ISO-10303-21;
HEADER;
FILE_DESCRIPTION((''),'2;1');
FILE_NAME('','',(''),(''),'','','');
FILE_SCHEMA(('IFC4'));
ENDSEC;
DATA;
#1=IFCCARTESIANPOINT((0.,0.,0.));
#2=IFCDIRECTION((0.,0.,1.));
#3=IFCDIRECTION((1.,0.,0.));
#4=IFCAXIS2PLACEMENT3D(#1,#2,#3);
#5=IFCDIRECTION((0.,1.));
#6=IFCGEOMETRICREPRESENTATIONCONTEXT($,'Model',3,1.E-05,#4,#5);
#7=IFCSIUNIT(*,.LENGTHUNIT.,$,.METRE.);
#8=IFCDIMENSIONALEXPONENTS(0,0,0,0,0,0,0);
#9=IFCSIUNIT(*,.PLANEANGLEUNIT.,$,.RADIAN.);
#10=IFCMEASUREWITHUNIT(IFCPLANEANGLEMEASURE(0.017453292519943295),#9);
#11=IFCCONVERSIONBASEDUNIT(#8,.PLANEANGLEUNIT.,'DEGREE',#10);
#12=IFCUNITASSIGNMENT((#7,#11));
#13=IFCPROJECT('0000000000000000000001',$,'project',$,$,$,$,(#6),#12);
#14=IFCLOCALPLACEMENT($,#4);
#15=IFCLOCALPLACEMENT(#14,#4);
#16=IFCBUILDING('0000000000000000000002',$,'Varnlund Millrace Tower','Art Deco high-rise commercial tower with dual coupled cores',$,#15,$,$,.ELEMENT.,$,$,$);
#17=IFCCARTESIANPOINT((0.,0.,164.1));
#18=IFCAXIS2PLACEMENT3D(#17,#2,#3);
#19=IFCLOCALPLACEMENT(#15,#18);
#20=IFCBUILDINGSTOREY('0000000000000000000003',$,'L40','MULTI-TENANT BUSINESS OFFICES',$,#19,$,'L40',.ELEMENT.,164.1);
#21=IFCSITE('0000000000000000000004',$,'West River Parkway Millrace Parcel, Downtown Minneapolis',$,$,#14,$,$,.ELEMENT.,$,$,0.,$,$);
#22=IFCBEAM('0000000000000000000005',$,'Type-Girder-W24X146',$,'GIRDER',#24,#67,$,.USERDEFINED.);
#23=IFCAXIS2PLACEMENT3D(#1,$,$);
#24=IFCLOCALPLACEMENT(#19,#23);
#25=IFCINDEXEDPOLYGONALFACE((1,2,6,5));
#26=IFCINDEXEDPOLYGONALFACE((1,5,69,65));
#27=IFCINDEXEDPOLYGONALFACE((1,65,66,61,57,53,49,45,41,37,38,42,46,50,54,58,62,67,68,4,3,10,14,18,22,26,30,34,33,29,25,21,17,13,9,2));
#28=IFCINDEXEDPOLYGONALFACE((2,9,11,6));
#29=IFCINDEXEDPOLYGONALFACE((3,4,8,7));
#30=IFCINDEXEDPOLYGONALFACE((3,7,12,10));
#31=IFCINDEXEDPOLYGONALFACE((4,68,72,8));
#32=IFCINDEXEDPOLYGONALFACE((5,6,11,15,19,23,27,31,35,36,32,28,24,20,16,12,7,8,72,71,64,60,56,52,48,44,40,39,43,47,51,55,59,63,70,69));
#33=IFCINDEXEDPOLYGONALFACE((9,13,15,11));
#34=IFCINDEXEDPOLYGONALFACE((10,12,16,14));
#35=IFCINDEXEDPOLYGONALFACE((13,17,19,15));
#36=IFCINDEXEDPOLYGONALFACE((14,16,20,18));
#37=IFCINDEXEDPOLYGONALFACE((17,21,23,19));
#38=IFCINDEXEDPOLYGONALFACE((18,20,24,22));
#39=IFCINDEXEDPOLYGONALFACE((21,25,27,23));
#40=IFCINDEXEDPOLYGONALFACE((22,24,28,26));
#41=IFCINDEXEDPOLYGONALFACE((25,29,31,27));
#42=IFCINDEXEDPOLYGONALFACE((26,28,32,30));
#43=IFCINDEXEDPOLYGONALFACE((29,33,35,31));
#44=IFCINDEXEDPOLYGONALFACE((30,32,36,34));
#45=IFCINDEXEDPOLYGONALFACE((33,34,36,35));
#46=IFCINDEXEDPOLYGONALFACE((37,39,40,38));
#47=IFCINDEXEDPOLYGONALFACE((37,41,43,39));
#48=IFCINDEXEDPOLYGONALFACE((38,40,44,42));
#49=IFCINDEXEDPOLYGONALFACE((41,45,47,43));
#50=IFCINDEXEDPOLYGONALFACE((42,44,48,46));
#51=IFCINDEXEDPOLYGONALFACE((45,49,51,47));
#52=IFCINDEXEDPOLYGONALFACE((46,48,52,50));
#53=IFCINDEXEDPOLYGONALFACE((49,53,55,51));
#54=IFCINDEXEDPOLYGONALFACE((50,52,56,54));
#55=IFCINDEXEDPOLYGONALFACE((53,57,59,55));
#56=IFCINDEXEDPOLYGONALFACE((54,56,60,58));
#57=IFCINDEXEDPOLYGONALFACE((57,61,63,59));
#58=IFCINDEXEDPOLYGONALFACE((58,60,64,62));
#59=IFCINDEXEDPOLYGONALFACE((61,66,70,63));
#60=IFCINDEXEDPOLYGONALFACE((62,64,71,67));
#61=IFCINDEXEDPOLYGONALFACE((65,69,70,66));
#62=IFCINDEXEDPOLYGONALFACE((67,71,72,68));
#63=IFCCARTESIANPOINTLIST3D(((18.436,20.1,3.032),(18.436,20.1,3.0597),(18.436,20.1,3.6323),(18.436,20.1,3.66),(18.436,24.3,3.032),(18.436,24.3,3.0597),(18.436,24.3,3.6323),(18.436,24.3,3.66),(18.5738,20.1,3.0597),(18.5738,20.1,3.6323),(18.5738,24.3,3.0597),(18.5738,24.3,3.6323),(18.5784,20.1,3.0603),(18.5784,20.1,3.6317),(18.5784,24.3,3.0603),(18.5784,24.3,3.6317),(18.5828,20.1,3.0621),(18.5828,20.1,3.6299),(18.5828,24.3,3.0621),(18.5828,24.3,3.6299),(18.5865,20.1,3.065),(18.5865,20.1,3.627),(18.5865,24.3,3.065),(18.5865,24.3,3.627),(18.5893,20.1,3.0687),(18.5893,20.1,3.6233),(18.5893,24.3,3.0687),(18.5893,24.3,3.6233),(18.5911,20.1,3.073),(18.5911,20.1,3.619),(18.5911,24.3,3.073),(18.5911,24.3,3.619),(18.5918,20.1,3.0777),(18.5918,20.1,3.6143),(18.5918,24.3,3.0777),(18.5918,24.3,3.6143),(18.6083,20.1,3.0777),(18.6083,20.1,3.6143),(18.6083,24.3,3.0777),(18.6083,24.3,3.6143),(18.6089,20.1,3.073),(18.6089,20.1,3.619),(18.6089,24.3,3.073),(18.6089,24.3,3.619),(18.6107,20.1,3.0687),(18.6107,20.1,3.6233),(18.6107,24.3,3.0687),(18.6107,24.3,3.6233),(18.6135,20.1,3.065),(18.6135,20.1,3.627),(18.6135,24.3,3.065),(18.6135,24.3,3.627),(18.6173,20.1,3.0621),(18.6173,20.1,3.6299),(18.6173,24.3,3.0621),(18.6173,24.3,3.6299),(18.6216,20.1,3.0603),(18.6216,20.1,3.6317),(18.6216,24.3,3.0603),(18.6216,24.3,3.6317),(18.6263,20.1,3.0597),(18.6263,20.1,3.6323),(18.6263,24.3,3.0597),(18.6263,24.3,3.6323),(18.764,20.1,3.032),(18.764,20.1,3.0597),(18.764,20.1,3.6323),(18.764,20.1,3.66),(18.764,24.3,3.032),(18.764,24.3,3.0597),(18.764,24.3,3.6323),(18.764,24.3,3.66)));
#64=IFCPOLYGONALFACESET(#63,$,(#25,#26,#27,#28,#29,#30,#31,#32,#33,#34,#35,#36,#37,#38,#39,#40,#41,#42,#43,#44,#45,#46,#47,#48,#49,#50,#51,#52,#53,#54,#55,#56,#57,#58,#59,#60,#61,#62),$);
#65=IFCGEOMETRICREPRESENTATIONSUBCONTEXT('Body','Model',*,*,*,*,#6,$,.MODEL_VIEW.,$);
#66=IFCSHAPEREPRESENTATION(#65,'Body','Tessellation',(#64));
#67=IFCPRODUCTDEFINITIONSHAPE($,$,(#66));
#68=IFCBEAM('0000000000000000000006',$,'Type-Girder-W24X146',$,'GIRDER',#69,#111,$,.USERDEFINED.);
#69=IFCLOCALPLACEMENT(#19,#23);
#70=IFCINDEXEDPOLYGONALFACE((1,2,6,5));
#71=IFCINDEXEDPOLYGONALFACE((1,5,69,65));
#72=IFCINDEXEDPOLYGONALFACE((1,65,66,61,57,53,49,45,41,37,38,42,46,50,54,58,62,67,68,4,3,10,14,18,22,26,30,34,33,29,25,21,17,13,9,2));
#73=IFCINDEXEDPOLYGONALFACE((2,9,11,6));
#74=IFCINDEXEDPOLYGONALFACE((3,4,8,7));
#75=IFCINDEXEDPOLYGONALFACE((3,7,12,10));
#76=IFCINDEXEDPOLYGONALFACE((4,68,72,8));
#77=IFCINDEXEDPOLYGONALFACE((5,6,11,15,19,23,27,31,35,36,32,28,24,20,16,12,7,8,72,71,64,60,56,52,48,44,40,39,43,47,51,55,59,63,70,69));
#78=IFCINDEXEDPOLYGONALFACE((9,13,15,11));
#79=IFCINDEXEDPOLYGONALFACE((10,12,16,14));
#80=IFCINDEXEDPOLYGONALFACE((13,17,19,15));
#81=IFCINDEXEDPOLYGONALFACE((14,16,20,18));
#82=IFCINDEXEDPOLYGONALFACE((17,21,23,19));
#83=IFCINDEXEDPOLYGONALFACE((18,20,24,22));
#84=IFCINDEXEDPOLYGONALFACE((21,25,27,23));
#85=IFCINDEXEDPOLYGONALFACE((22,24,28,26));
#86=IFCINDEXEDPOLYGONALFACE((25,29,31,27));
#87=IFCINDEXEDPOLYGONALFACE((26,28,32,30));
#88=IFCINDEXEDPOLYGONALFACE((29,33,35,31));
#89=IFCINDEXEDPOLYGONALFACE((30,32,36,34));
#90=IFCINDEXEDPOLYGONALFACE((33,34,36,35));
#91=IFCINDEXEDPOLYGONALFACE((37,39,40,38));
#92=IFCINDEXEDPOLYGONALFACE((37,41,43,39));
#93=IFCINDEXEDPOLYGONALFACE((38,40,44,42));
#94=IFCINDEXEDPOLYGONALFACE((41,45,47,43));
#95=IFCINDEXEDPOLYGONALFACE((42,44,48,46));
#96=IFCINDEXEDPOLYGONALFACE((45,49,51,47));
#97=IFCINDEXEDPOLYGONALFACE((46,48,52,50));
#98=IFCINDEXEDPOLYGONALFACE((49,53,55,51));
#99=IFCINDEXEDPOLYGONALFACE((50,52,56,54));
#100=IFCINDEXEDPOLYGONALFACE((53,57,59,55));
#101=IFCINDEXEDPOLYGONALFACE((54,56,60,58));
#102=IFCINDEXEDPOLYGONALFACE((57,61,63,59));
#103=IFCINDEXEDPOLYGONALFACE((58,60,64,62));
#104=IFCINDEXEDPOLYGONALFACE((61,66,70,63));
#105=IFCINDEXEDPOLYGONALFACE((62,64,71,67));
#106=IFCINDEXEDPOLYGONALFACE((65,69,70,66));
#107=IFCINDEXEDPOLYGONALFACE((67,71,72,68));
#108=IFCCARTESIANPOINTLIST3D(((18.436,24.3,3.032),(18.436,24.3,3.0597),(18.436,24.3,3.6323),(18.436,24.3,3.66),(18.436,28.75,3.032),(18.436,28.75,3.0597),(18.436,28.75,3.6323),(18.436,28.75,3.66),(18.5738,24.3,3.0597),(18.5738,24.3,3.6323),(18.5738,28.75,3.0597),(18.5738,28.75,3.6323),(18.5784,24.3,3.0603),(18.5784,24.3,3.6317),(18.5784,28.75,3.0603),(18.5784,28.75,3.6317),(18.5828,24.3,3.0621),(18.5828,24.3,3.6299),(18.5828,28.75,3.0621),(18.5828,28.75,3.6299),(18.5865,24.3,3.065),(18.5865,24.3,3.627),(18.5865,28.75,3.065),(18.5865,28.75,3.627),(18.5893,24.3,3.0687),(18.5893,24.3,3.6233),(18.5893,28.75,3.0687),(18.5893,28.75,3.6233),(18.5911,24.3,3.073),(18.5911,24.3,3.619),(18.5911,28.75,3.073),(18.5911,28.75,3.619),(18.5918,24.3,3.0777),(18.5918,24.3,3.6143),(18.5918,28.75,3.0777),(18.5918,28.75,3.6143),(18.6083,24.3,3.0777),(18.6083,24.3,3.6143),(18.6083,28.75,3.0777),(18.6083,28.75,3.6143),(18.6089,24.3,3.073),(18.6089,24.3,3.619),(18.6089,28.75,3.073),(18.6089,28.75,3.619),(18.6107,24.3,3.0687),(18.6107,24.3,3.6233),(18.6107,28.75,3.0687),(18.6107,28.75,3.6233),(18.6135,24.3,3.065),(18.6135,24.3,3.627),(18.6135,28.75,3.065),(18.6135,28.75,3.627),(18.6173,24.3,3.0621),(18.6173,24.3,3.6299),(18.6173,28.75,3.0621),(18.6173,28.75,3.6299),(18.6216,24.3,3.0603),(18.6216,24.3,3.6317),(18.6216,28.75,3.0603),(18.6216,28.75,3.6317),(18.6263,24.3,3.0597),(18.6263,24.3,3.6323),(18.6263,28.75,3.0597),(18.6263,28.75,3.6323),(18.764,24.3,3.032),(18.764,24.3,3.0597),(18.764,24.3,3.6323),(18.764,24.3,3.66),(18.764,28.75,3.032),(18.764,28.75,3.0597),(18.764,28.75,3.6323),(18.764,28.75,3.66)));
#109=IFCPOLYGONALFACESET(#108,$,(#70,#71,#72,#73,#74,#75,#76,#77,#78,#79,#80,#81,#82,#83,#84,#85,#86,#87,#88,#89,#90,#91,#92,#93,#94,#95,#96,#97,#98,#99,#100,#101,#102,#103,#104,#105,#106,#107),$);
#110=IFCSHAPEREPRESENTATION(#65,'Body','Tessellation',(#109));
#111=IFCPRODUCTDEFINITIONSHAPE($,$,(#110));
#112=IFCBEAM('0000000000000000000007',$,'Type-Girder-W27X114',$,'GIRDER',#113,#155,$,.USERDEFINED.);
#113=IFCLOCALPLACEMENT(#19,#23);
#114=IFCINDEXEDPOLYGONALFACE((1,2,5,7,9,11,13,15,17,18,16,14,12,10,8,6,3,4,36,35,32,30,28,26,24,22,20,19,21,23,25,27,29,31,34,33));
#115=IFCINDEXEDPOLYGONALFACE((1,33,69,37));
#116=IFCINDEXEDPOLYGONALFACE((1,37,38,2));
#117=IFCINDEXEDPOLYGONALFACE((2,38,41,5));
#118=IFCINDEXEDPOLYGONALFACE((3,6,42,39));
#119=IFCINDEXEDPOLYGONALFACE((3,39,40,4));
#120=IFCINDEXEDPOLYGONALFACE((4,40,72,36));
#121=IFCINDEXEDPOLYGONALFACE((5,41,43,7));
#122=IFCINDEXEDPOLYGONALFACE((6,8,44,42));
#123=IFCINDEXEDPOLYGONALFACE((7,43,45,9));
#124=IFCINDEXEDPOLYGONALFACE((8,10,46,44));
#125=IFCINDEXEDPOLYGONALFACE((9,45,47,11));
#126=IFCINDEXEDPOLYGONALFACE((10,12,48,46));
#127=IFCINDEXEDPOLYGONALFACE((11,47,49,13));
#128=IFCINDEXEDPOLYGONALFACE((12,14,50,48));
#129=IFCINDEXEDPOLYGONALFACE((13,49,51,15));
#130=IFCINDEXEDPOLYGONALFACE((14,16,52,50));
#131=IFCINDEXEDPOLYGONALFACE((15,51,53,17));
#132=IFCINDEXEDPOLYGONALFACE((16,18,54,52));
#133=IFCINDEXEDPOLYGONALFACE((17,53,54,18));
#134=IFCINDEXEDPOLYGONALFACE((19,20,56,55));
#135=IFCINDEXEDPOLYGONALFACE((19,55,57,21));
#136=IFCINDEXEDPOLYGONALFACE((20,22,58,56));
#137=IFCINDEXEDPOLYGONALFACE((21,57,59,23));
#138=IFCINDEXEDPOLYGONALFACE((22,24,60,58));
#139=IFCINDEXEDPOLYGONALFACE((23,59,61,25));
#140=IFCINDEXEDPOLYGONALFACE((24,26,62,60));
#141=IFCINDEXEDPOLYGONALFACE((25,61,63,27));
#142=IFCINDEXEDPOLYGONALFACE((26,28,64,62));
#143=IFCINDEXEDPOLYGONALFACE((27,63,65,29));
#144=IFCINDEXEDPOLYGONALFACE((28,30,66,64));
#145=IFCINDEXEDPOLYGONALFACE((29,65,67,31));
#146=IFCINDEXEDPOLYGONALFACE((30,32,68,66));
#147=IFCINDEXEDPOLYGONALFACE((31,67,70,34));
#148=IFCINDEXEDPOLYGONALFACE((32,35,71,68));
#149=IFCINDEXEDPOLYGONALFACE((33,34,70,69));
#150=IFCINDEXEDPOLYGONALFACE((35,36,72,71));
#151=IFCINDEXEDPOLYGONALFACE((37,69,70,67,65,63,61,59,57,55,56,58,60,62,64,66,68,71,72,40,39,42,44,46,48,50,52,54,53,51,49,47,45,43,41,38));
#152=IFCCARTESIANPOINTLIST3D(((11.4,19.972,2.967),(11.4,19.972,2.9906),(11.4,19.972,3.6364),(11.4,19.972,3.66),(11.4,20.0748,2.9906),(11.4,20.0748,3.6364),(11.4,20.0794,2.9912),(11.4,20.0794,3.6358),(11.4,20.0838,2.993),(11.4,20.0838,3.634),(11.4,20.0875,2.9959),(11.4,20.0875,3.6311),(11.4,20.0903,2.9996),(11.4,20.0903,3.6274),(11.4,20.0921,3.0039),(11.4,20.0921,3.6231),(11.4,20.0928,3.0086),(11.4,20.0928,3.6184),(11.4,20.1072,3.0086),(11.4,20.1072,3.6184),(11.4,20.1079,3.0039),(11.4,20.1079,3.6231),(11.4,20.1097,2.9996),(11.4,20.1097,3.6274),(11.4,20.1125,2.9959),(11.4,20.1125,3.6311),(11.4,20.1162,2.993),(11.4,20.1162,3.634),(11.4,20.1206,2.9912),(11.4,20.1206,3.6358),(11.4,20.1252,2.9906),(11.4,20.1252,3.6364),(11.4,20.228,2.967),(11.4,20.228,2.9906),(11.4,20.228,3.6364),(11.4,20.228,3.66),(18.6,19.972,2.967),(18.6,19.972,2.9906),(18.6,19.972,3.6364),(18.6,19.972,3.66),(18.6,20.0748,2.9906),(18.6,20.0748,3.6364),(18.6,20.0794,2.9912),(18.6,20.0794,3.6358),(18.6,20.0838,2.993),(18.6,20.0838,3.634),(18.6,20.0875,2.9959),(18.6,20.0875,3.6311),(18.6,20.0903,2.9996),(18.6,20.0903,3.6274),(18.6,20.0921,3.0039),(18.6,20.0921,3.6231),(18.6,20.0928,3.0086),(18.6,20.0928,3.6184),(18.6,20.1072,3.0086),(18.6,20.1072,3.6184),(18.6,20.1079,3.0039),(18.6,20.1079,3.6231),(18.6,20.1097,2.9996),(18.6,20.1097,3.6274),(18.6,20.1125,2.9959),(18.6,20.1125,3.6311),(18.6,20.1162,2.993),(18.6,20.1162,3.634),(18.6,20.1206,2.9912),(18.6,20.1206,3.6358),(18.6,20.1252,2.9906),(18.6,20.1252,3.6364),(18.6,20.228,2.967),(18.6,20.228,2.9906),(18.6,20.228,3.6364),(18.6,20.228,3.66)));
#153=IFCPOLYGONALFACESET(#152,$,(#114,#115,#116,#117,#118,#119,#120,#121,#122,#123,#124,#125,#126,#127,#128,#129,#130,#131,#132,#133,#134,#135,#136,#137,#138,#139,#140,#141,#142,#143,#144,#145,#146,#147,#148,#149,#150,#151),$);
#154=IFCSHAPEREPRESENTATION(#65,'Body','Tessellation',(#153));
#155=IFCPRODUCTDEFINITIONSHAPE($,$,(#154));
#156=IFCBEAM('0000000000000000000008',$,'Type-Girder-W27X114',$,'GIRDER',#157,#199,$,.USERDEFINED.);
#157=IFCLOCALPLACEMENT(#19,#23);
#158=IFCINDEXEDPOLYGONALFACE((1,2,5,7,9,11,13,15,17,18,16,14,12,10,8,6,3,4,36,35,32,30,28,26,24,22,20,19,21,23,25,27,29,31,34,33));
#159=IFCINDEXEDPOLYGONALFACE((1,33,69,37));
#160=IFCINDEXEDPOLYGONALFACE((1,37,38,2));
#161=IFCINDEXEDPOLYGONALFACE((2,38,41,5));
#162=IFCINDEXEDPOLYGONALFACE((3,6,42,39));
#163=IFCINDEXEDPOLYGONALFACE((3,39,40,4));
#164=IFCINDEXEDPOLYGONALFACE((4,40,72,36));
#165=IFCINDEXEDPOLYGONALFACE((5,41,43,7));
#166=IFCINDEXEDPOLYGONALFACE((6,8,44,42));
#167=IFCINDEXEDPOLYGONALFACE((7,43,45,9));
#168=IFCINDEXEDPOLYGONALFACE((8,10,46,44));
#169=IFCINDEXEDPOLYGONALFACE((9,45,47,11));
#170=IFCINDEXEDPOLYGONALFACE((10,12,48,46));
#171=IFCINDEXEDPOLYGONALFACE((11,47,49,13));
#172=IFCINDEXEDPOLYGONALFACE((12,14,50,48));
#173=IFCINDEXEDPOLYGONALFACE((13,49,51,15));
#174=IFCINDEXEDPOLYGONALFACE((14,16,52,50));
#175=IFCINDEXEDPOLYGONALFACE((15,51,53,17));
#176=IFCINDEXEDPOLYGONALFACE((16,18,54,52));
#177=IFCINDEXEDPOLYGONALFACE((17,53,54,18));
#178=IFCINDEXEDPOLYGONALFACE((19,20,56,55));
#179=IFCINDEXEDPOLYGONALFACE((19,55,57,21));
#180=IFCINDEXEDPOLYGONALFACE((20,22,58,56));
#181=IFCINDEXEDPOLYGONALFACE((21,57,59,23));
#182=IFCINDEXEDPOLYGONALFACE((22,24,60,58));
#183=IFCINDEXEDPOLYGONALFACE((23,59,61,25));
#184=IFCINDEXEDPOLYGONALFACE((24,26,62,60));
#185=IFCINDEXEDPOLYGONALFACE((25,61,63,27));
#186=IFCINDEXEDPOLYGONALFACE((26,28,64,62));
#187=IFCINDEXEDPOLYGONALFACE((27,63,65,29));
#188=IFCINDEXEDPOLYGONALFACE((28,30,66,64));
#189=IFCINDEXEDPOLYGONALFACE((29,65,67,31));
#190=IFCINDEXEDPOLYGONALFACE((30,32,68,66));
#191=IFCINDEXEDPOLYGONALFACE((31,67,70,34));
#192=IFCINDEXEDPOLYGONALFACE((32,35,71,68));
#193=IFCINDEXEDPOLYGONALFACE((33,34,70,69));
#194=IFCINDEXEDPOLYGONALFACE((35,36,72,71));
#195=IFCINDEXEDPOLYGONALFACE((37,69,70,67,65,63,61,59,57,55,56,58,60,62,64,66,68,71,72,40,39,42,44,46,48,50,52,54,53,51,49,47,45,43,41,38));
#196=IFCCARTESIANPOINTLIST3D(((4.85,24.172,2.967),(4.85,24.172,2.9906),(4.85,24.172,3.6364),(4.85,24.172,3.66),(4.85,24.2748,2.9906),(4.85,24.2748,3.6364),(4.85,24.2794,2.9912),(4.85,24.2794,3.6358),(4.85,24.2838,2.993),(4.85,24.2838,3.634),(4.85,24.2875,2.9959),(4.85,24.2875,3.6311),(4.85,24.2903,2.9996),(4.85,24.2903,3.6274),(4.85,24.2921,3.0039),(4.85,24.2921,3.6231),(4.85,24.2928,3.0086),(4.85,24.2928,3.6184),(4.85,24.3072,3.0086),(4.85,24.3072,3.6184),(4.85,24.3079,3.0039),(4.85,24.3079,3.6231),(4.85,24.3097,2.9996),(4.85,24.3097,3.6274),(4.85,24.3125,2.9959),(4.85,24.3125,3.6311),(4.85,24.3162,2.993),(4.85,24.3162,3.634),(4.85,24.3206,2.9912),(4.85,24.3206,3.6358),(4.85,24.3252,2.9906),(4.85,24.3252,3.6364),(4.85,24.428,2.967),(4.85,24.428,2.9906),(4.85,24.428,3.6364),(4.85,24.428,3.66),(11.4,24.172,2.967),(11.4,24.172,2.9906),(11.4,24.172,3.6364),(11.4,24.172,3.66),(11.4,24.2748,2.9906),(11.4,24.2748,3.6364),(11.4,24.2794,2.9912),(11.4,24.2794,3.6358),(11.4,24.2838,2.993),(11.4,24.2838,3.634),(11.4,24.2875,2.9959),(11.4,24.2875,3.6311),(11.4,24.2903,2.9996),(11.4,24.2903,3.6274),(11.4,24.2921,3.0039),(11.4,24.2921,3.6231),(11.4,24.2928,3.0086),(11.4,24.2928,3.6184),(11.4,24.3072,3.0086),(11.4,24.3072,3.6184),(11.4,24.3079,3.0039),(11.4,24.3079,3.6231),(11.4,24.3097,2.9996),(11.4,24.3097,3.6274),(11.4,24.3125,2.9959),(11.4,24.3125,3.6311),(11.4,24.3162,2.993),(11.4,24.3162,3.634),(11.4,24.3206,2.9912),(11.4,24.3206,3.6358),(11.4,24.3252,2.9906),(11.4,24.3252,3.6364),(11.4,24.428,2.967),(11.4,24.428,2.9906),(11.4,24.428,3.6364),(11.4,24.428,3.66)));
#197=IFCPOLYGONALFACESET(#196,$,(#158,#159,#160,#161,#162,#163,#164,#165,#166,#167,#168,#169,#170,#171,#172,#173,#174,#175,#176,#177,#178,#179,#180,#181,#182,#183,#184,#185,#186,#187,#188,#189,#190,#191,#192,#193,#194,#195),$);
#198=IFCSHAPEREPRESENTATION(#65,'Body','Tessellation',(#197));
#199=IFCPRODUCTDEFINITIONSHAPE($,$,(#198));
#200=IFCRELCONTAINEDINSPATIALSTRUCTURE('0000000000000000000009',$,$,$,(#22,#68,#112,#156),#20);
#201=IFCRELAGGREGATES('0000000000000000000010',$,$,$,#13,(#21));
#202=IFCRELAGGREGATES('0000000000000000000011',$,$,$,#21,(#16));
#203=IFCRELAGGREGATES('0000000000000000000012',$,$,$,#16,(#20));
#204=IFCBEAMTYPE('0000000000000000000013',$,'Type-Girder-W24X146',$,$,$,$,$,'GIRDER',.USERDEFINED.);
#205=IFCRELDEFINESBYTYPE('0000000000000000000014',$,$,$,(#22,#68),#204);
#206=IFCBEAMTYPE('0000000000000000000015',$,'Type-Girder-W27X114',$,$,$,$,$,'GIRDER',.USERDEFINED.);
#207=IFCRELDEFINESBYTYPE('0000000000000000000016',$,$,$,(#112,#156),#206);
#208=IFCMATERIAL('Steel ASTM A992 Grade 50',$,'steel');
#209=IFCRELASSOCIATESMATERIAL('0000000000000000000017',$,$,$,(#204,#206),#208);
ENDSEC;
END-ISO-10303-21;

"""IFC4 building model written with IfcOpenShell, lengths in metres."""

from ifc_helpers import new_model, entity, si_unit, converted_unit, direction, frame, origin_with_axes, origin_2d_with_axis, place, context, subcontext, project, spatial, i_section, extrude, material, material_profile, profile_set, type_object, element, save


model = new_model("IFC4")

# Units and contexts
model_context = context("Model", 3, precision=1e-05, world=origin_with_axes(), true_north=direction((0.0, 1.0)))
body_context = subcontext(model_context, "Body", "Model", "MODEL_VIEW")
ifc_project = project(units=[si_unit("LENGTHUNIT", "METRE"), converted_unit("PLANEANGLEUNIT", "DEGREE", entity("IfcPlaneAngleMeasure", 0.017453292519943295), si_unit("PLANEANGLEUNIT", "RADIAN"), dimensions=[0, 0, 0, 0, 0, 0, 0])], contexts=[model_context])

# Site, building, storey
site_placement = place(None, origin_with_axes())
site = spatial("IfcSite", under=ifc_project, at=site_placement, Name="West River Parkway Millrace Parcel, Downtown Minneapolis", CompositionType="ELEMENT", RefElevation=0.0)
building_placement = place(site_placement, origin_with_axes())
building = spatial("IfcBuilding", under=site, at=building_placement, Name="Varnlund Millrace Tower", Description="Art Deco high-rise commercial tower with dual coupled cores", CompositionType="ELEMENT")
storey_placement = place(building_placement, frame((0.0, 0.0, 164.1), z_axis=(0.0, 0.0, 1.0), x_axis=(1.0, 0.0, 0.0)))
storey = spatial("IfcBuildingStorey", under=building, at=storey_placement, Name="L40", Description="MULTI-TENANT BUSINESS OFFICES", LongName="L40", CompositionType="ELEMENT", Elevation=164.1)

# Beams
ifc_material_1 = material(Name="Steel ASTM A992 Grade 50", Category="steel")
ifc_material_profile_1 = material_profile(ifc_material_1, i_section(OverallWidth=0.328, OverallDepth=0.628, WebThickness=0.0165, FlangeThickness=0.0277, FilletRadius=0.018, at=origin_2d_with_axis()), Name="Steel ASTM A992 Grade 50")
ifc_profile_set_1 = profile_set([ifc_material_profile_1], Name="Steel ASTM A992 Grade 50")
beam_type_1 = type_object("IfcBeamType", Name="Type-Girder-W24X146", ElementType="GIRDER", PredefinedType="USERDEFINED", material=ifc_profile_set_1)
beam_1_placement = place(storey_placement, frame((18.6, 20.1, 3.346), z_axis=(0.0, 1.0, 0.0), x_axis=(-1.0, 0.0, 0.0)))
element("IfcBeam", 1, at=beam_1_placement, inside=storey, type_object=beam_type_1, Name="Type-Girder-W24X146", ObjectType="GIRDER", PredefinedType="USERDEFINED", context=body_context, shape_type="SweptSolid", body=[
    extrude(i_section(OverallWidth=0.328, OverallDepth=0.628, WebThickness=0.0165, FlangeThickness=0.0277, FilletRadius=0.018, at=origin_2d_with_axis()), origin_with_axes(), (0.0, 0.0, 1.0), 4.2),
])
beam_2_placement = place(storey_placement, frame((18.6, 24.3, 3.346), z_axis=(0.0, 1.0, 0.0), x_axis=(-1.0, 0.0, 0.0)))
element("IfcBeam", 2, at=beam_2_placement, inside=storey, type_object=beam_type_1, Name="Type-Girder-W24X146", ObjectType="GIRDER", PredefinedType="USERDEFINED", context=body_context, shape_type="SweptSolid", body=[
    extrude(i_section(OverallWidth=0.328, OverallDepth=0.628, WebThickness=0.0165, FlangeThickness=0.0277, FilletRadius=0.018, at=origin_2d_with_axis()), origin_with_axes(), (0.0, 0.0, 1.0), 4.45),
])
ifc_material_profile_2 = material_profile(ifc_material_1, i_section(OverallWidth=0.256, OverallDepth=0.693, WebThickness=0.0145, FlangeThickness=0.0236, FilletRadius=0.018, at=origin_2d_with_axis()), Name="Steel ASTM A992 Grade 50")
ifc_profile_set_2 = profile_set([ifc_material_profile_2], Name="Steel ASTM A992 Grade 50")
beam_type_2 = type_object("IfcBeamType", Name="Type-Girder-W27X114", ElementType="GIRDER", PredefinedType="USERDEFINED", material=ifc_profile_set_2)
beam_3_placement = place(storey_placement, frame((11.4, 20.1, 3.3135), z_axis=(1.0, 0.0, 0.0), x_axis=(0.0, 1.0, 0.0)))
element("IfcBeam", 3, at=beam_3_placement, inside=storey, type_object=beam_type_2, Name="Type-Girder-W27X114", ObjectType="GIRDER", PredefinedType="USERDEFINED", context=body_context, shape_type="SweptSolid", body=[
    extrude(i_section(OverallWidth=0.256, OverallDepth=0.693, WebThickness=0.0145, FlangeThickness=0.0236, FilletRadius=0.018, at=origin_2d_with_axis()), origin_with_axes(), (0.0, 0.0, 1.0), 7.2),
])
beam_4_placement = place(storey_placement, frame((4.85, 24.3, 3.3135), z_axis=(1.0, 0.0, 0.0), x_axis=(0.0, 1.0, 0.0)))
element("IfcBeam", 4, at=beam_4_placement, inside=storey, type_object=beam_type_2, Name="Type-Girder-W27X114", ObjectType="GIRDER", PredefinedType="USERDEFINED", context=body_context, shape_type="SweptSolid", body=[
    extrude(i_section(OverallWidth=0.256, OverallDepth=0.693, WebThickness=0.0145, FlangeThickness=0.0236, FilletRadius=0.018, at=origin_2d_with_axis()), origin_with_axes(), (0.0, 0.0, 1.0), 6.55),
])

save(model, "model.ifc")
